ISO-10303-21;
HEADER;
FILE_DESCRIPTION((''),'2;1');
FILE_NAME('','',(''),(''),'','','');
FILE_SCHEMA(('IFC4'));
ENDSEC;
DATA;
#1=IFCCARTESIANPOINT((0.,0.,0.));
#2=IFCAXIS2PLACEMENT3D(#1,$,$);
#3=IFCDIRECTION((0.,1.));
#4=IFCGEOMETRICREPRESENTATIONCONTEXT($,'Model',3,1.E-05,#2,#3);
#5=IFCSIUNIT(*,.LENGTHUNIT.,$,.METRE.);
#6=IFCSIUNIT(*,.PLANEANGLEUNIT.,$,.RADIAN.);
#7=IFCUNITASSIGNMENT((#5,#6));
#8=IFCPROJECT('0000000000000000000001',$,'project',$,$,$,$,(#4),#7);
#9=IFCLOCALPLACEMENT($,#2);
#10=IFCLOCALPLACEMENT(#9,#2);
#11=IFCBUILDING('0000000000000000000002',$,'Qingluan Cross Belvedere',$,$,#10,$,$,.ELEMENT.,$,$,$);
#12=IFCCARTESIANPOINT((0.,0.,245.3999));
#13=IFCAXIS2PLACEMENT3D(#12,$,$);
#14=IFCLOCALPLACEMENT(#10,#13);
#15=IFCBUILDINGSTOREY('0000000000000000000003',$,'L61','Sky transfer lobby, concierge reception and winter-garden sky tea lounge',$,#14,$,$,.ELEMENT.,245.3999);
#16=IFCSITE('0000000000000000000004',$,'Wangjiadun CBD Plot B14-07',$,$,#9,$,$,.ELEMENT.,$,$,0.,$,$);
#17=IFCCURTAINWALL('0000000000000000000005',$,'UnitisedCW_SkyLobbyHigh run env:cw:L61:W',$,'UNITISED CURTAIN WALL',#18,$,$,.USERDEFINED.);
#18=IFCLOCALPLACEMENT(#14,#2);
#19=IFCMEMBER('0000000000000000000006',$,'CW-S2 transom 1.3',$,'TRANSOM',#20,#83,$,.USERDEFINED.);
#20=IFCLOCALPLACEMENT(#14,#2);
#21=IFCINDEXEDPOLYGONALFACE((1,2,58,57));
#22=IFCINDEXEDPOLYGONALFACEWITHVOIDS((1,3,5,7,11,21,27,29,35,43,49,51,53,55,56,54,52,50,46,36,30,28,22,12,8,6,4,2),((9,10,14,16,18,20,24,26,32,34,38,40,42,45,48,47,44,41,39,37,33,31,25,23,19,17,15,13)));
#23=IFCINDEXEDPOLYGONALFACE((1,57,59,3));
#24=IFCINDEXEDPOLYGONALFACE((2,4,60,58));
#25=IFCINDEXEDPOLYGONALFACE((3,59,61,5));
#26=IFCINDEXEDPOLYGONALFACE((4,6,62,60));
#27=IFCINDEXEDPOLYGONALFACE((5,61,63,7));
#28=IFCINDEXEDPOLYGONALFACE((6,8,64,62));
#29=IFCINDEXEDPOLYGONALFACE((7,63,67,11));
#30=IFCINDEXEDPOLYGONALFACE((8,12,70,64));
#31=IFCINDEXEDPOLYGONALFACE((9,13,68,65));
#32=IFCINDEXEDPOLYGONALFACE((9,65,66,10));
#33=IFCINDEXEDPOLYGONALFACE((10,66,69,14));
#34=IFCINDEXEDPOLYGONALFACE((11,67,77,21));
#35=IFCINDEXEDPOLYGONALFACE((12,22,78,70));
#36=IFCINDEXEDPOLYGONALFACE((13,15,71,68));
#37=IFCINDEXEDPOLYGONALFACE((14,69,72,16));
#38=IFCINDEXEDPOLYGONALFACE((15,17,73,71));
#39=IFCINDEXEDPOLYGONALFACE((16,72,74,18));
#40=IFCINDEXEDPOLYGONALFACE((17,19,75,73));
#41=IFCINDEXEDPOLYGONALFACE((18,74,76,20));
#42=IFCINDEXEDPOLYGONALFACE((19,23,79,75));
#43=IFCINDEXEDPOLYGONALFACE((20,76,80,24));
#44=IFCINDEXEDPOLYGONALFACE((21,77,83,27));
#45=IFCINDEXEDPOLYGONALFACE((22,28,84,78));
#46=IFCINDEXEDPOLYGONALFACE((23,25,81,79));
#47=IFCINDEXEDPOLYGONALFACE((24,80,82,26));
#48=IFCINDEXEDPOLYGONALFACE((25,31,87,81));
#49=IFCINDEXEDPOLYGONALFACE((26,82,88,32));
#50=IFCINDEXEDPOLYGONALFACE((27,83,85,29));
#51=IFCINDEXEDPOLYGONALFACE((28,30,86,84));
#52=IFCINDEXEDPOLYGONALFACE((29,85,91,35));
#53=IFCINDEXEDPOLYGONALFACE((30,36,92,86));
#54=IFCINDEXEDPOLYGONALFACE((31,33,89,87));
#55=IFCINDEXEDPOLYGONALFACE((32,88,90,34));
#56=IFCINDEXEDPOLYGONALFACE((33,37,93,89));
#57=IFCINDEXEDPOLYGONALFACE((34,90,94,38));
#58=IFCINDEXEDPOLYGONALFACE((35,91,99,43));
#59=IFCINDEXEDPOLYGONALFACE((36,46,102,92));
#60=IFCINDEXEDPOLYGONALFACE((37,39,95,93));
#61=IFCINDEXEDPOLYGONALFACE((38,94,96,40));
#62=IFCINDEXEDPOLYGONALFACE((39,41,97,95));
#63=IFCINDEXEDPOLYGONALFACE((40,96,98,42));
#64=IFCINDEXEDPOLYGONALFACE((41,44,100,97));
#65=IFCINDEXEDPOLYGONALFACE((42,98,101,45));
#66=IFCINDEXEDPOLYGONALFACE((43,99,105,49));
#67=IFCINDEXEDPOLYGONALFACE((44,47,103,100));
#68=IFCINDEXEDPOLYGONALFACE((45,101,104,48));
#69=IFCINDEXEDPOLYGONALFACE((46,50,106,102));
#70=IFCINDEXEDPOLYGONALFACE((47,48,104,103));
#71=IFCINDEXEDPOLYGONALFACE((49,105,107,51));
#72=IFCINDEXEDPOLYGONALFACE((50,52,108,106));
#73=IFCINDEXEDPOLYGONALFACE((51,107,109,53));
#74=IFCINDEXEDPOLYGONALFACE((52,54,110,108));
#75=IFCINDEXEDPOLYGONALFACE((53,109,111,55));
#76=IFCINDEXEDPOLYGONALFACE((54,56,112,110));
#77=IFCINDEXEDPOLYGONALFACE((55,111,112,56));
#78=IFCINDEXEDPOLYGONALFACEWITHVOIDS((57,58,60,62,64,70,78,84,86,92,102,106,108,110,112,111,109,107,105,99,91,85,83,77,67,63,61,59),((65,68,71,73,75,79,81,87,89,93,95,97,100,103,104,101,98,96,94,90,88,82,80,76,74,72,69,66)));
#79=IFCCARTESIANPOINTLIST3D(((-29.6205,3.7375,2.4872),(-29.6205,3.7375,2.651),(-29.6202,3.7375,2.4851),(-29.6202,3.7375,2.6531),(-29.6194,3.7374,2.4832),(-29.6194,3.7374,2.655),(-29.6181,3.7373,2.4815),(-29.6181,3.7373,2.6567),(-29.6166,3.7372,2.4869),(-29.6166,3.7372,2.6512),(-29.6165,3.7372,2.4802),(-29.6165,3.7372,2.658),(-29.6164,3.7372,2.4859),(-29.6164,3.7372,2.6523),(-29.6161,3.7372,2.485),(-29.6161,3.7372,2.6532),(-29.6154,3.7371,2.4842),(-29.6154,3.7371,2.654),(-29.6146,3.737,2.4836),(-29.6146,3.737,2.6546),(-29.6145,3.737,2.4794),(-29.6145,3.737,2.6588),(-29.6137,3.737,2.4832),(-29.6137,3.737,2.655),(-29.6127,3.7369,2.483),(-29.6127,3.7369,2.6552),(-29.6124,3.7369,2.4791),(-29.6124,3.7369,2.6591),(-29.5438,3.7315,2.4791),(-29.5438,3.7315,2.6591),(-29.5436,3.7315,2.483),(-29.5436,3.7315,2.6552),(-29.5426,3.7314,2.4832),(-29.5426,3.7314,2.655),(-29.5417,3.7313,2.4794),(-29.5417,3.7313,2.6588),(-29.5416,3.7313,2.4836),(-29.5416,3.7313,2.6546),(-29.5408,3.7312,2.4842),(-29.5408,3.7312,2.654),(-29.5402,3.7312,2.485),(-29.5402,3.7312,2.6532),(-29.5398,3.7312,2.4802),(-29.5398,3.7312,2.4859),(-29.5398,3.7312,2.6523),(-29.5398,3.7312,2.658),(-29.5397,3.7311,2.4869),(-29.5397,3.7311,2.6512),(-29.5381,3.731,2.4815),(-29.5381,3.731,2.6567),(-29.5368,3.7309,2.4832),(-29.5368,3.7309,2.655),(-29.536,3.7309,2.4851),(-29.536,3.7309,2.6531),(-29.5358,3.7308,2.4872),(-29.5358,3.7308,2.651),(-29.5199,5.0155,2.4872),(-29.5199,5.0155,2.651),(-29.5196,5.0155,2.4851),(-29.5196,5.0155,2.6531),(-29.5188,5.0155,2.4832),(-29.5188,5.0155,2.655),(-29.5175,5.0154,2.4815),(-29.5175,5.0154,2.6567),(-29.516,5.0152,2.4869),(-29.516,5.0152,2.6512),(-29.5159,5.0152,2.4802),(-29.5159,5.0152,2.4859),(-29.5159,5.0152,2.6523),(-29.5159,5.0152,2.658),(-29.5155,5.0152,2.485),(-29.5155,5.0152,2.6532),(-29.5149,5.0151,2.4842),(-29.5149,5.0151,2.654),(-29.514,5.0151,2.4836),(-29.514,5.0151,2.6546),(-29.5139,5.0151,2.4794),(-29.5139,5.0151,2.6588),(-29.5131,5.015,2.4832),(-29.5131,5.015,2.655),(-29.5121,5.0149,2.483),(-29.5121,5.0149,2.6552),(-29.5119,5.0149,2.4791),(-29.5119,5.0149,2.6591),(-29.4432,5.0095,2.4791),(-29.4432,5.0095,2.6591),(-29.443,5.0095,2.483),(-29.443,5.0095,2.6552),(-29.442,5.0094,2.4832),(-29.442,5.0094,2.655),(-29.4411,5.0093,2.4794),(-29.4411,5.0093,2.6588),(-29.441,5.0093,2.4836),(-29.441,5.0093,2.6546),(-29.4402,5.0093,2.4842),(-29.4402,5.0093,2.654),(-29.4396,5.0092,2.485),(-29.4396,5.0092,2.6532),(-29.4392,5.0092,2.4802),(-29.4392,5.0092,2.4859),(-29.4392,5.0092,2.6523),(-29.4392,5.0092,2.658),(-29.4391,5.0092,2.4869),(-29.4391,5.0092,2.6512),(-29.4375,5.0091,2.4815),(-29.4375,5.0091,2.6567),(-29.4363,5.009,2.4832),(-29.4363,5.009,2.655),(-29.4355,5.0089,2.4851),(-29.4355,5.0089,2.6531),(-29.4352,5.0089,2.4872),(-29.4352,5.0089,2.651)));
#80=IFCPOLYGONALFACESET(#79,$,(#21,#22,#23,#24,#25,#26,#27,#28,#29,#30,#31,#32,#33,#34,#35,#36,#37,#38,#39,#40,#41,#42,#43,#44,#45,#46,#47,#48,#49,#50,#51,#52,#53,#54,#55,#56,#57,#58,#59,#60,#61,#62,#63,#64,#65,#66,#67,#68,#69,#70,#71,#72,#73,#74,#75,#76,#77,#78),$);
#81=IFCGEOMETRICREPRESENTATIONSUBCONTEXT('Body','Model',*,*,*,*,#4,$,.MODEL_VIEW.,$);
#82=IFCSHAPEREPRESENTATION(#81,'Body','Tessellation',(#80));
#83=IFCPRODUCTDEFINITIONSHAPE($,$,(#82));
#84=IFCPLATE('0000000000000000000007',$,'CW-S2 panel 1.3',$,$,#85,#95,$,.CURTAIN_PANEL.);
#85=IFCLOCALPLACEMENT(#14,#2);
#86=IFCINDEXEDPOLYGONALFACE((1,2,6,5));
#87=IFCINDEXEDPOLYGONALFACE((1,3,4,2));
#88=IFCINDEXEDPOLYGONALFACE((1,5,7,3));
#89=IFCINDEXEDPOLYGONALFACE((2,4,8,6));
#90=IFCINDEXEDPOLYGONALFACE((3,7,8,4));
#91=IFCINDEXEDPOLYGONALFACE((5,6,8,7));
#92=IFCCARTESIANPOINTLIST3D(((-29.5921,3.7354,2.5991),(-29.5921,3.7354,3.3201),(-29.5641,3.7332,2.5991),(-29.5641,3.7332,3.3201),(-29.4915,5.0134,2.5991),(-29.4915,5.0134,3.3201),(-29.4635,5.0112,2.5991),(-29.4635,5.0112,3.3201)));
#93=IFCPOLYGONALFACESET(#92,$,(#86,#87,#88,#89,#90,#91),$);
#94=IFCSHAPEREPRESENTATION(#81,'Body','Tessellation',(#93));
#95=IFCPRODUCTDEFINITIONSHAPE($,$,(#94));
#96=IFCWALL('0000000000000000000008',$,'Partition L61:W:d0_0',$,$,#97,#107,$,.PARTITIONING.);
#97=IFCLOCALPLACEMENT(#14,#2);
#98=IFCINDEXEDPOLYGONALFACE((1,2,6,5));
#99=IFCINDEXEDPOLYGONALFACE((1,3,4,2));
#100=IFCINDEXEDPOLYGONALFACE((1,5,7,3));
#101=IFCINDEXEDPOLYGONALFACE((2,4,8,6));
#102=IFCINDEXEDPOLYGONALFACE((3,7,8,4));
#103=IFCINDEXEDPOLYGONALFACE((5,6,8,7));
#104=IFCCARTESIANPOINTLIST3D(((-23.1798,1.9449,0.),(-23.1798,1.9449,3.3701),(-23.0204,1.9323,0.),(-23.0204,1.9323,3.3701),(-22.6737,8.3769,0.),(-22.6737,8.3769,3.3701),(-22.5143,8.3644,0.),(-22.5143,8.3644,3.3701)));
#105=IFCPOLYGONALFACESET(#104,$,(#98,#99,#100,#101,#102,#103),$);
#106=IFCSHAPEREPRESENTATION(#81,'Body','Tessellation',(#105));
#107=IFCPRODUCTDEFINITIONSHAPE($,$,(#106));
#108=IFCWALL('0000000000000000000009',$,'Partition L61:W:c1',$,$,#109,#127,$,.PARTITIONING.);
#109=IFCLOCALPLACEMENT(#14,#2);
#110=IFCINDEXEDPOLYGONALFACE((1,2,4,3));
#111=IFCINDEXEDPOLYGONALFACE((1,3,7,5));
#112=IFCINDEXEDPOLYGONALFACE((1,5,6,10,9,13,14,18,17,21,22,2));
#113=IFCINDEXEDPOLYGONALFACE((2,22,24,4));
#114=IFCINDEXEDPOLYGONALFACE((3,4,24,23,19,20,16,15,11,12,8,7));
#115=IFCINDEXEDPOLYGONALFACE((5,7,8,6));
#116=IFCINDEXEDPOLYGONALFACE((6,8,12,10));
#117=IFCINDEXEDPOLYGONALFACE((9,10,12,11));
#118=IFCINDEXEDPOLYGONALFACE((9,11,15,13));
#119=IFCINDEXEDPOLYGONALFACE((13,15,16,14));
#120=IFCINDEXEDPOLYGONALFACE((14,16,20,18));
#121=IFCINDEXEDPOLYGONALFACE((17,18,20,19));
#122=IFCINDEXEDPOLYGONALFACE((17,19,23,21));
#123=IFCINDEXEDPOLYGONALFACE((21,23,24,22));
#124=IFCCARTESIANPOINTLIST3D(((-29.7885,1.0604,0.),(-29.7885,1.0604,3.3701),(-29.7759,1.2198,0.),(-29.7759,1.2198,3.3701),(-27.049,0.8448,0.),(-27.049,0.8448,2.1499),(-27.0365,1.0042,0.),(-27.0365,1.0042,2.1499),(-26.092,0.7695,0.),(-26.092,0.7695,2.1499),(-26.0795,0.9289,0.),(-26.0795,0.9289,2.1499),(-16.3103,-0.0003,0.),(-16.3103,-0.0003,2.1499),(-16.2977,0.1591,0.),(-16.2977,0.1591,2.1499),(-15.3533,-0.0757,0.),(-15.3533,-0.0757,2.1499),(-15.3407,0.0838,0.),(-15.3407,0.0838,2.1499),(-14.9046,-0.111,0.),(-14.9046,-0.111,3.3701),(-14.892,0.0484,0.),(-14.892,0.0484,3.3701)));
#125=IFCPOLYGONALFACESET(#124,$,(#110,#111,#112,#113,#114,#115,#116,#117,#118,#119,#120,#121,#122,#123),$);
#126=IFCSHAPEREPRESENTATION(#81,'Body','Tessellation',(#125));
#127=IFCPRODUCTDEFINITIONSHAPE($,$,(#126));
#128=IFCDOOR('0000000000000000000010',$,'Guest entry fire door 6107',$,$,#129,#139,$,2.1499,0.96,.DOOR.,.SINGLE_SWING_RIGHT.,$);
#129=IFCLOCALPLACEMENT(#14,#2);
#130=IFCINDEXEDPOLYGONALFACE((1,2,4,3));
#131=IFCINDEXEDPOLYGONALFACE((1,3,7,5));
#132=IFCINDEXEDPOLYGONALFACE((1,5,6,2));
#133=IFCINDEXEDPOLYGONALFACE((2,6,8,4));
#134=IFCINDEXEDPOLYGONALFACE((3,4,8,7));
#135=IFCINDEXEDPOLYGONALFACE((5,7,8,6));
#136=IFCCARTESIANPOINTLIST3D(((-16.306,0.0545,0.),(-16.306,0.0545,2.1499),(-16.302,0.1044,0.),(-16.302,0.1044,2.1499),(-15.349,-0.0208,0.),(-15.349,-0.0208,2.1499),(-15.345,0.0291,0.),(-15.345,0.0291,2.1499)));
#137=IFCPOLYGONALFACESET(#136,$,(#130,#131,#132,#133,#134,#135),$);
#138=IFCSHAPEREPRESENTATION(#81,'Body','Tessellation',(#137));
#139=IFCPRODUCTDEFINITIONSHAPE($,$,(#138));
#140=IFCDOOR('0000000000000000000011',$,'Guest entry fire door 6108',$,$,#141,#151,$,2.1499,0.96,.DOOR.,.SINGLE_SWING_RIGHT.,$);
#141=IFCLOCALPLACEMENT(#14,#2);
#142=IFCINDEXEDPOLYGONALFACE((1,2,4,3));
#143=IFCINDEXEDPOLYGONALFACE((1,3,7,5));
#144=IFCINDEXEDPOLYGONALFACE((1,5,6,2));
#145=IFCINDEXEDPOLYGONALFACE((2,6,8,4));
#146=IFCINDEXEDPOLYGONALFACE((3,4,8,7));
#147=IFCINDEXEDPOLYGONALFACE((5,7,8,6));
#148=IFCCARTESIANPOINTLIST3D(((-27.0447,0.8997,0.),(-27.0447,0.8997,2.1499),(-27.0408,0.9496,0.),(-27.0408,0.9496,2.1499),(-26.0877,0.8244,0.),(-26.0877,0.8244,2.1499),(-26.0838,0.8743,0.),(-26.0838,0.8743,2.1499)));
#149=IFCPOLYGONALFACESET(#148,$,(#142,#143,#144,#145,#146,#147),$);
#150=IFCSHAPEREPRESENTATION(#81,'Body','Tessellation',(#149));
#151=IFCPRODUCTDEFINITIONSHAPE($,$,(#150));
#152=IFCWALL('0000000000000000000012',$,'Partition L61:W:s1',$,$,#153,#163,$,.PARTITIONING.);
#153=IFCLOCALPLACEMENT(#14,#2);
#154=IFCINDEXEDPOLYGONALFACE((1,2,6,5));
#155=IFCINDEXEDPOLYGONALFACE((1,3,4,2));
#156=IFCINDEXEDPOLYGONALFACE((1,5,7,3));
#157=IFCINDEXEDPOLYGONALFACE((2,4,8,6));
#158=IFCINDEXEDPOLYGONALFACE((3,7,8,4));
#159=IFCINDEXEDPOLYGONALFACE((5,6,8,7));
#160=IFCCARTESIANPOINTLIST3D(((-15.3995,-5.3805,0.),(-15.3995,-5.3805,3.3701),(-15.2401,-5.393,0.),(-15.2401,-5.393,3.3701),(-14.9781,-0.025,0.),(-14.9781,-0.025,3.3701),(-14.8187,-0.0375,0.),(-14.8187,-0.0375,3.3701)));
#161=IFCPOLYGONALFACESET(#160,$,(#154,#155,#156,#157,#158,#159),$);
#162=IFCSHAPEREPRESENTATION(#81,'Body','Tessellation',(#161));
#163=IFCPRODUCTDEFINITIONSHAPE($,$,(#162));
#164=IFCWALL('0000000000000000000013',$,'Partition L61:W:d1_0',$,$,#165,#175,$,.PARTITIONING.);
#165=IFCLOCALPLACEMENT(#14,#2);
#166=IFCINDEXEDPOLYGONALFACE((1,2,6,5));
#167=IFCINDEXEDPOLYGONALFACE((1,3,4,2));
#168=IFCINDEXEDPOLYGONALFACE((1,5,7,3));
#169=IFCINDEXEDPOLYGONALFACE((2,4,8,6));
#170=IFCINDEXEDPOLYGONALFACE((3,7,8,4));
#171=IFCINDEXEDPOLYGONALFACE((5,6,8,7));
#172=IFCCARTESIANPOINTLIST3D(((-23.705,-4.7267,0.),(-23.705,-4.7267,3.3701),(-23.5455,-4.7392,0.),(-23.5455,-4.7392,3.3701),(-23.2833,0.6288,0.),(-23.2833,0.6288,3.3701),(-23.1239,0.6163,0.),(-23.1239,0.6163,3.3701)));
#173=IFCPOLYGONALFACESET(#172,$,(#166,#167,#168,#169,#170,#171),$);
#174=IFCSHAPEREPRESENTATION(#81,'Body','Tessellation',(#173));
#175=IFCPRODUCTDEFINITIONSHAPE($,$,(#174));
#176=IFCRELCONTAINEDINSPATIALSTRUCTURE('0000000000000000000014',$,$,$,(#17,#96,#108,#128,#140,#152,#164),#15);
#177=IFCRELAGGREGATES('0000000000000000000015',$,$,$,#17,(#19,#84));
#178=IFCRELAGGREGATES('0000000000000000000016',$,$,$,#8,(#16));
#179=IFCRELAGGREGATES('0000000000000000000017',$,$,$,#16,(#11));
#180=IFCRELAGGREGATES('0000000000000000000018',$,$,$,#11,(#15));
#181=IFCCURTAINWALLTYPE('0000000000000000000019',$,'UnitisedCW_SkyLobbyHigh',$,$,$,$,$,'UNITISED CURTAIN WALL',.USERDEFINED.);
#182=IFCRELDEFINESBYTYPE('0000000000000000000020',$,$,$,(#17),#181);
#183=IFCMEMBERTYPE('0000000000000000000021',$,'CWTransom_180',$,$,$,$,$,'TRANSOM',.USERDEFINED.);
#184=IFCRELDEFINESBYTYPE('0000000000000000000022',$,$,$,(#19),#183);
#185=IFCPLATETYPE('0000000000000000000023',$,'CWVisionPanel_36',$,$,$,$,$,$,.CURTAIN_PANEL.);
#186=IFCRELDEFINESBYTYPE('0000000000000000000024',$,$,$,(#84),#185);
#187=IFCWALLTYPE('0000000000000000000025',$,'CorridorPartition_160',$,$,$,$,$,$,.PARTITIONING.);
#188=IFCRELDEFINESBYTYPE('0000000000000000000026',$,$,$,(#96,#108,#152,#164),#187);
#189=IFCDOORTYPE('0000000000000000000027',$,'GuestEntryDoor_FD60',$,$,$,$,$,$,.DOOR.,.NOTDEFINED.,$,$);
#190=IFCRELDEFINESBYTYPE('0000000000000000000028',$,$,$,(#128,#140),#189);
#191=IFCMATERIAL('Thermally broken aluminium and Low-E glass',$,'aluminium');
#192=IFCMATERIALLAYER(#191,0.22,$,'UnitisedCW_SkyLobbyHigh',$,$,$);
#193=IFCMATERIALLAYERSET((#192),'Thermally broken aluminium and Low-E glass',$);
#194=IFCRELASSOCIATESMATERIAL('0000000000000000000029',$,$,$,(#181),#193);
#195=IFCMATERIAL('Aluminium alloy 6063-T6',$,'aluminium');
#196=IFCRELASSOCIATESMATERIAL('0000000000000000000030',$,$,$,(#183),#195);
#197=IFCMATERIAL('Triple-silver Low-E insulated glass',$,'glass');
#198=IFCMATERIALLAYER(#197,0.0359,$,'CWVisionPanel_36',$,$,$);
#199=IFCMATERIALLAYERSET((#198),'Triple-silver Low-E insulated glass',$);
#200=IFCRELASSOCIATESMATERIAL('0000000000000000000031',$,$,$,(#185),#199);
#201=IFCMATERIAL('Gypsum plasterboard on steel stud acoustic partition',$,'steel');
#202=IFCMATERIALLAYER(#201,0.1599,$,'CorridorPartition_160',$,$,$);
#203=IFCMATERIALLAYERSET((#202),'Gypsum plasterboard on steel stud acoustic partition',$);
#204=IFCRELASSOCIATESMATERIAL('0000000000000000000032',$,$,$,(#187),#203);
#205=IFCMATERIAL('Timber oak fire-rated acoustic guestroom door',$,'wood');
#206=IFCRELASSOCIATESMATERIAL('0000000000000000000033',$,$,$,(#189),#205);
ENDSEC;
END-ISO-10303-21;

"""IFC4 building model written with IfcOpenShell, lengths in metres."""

from ifc_helpers import new_model, si_unit, direction, frame, frame_2d, origin, origin_2d, place, context, subcontext, project, spatial, rectangle, hollow_rectangle, extrude, material, layer, layer_set, material_profile, profile_set, type_object, element, fill, aggregate, save


model = new_model("IFC4")

# Units and contexts
model_context = context("Model", 3, precision=1e-05, world=origin(), true_north=direction((0.0, 1.0)))
body_context = subcontext(model_context, "Body", "Model", "MODEL_VIEW")
ifc_project = project(units=[si_unit("LENGTHUNIT", "METRE"), si_unit("PLANEANGLEUNIT", "RADIAN")], contexts=[model_context])

# Site, building, storey
site_placement = place(None, origin())
site = spatial("IfcSite", under=ifc_project, at=site_placement, Name="Wangjiadun CBD Plot B14-07", CompositionType="ELEMENT", RefElevation=0.0)
building_placement = place(site_placement, origin())
building = spatial("IfcBuilding", under=site, at=building_placement, Name="Qingluan Cross Belvedere", CompositionType="ELEMENT")
storey_placement = place(building_placement, frame((0.0, 0.0, 245.3999)))
storey = spatial("IfcBuildingStorey", under=building, at=storey_placement, Name="L61", Description="Sky transfer lobby, concierge reception and winter-garden sky tea lounge", CompositionType="ELEMENT", Elevation=245.3999)

# Curtain wall, member, plate
ifc_material_1 = material(Name="Thermally broken aluminium and Low-E glass", Category="aluminium")
ifc_layer_1 = layer(ifc_material_1, 0.22, Name="UnitisedCW_SkyLobbyHigh")
ifc_layer_set_1 = layer_set([ifc_layer_1], Name="Thermally broken aluminium and Low-E glass")
curtain_wall_type = type_object("IfcCurtainWallType", Name="UnitisedCW_SkyLobbyHigh", ElementType="UNITISED CURTAIN WALL", PredefinedType="USERDEFINED", material=ifc_layer_set_1)
curtain_wall_placement = place(storey_placement, origin())
curtain_wall = element("IfcCurtainWall", 1, at=curtain_wall_placement, inside=storey, type_object=curtain_wall_type, Name="UnitisedCW_SkyLobbyHigh run env:cw:L61:W", ObjectType="UNITISED CURTAIN WALL", PredefinedType="USERDEFINED")
ifc_material_2 = material(Name="Aluminium alloy 6063-T6", Category="aluminium")
ifc_material_profile_1 = material_profile(ifc_material_2, hollow_rectangle(XDim=0.085, YDim=0.1799, WallThickness=0.0039, InnerFilletRadius=0.0039, OuterFilletRadius=0.0081, at=origin_2d()), Name="CWT180x85x4")
ifc_profile_set_1 = profile_set([ifc_material_profile_1], Name="Aluminium alloy 6063-T6")
member_type = type_object("IfcMemberType", Name="CWTransom_180", ElementType="TRANSOM", PredefinedType="USERDEFINED", material=ifc_profile_set_1)
member_1_placement = place(storey_placement, frame((-29.4775, 5.0122, 2.5691), z_axis=(-0.078458, -0.996917, 0.0), x_axis=(0.996917, -0.078458, 0.0)))
member_1 = element("IfcMember", 2, at=member_1_placement, type_object=member_type, Name="CW-S2 transom 1.3", ObjectType="TRANSOM", PredefinedType="USERDEFINED", context=body_context, shape_type="SweptSolid", body=[
    extrude(hollow_rectangle(XDim=0.085, YDim=0.1799, WallThickness=0.0039, InnerFilletRadius=0.0039, OuterFilletRadius=0.0081, at=origin_2d()), origin(), (0.0, 0.0, 1.0), 1.282),
])
ifc_material_3 = material(Name="Triple-silver Low-E insulated glass", Category="glass")
ifc_layer_2 = layer(ifc_material_3, 0.0359, Name="CWVisionPanel_36")
ifc_layer_set_2 = layer_set([ifc_layer_2], Name="Triple-silver Low-E insulated glass")
plate_type = type_object("IfcPlateType", Name="CWVisionPanel_36", PredefinedType="CURTAIN_PANEL", material=ifc_layer_set_2)
plate_placement = place(storey_placement, frame((-29.5278, 4.3733, 2.5991), z_axis=(0.0, 0.0, 1.0), x_axis=(-0.078462, -0.996917, 0.0)))
plate = element("IfcPlate", 3, at=plate_placement, type_object=plate_type, Name="CW-S2 panel 1.3", PredefinedType="CURTAIN_PANEL", context=body_context, shape_type="SweptSolid", body=[
    extrude(rectangle(XDim=1.282, YDim=0.0281, at=origin_2d()), origin(), (0.0, 0.0, 1.0), 0.7209),
])
aggregate(curtain_wall, [member_1, plate])

# Wall
ifc_material_4 = material(Name="Gypsum plasterboard on steel stud acoustic partition", Category="steel")
ifc_layer_3 = layer(ifc_material_4, 0.1599, Name="CorridorPartition_160")
ifc_layer_set_3 = layer_set([ifc_layer_3], Name="Gypsum plasterboard on steel stud acoustic partition")
wall_type_1 = type_object("IfcWallType", Name="CorridorPartition_160", PredefinedType="PARTITIONING", material=ifc_layer_set_3)
wall_1_placement = place(storey_placement, frame((-23.1001, 1.9385, 0.0), z_axis=(0.0, 0.0, 1.0), x_axis=(0.078441, 0.996919, 0.0)))
element("IfcWall", 4, at=wall_1_placement, inside=storey, type_object=wall_type_1, Name="Partition L61:W:d0_0", PredefinedType="PARTITIONING", context=body_context, shape_type="SweptSolid", body=[
    extrude(rectangle(XDim=6.4519, YDim=0.1599, at=frame_2d((3.2261, 0.0))), origin(), (0.0, 0.0, 1.0), 3.3701),
])

# Wall, openings, doors
wall_2_placement = place(storey_placement, frame((-14.8984, -0.0312, 0.0), z_axis=(0.0, 0.0, 1.0), x_axis=(-0.996917, 0.07846, 0.0)))
wall_2 = element("IfcWall", 5, at=wall_2_placement, inside=storey, type_object=wall_type_1, Name="Partition L61:W:c1", PredefinedType="PARTITIONING", context=body_context, shape_type="SweptSolid", body=[
    extrude(rectangle(XDim=14.9299, YDim=0.1599, at=frame_2d((7.4648, 0.0))), origin(), (0.0, 0.0, 1.0), 3.3701),
])
opening_1_placement = place(wall_2_placement, frame((0.45, 0.0, 0.0)))
opening_1 = element("IfcOpeningElement", 6, at=opening_1_placement, cuts=wall_2, PredefinedType="OPENING", context=body_context, shape_type="SweptSolid", body=[
    extrude(rectangle(XDim=0.96, YDim=2.1499, at=frame_2d((0.48, 1.075))), frame((0.0, 0.0898, 0.0), z_axis=(0.0, -1.0, 0.0), x_axis=(1.0, 0.0, 0.0)), (0.0, 0.0, 1.0), 0.1799),
])
opening_2_placement = place(wall_2_placement, frame((11.2219, 0.0, 0.0)))
opening_2 = element("IfcOpeningElement", 7, at=opening_2_placement, cuts=wall_2, PredefinedType="OPENING", context=body_context, shape_type="SweptSolid", body=[
    extrude(rectangle(XDim=0.96, YDim=2.1499, at=frame_2d((0.48, 1.075))), frame((0.0, 0.0898, 0.0), z_axis=(0.0, -1.0, 0.0), x_axis=(1.0, 0.0, 0.0)), (0.0, 0.0, 1.0), 0.1799),
])
ifc_material_5 = material(Name="Timber oak fire-rated acoustic guestroom door", Category="wood")
door_type_1 = type_object("IfcDoorType", Name="GuestEntryDoor_FD60", OperationType="NOTDEFINED", PredefinedType="DOOR", material=ifc_material_5)
door_1_placement = place(opening_1_placement, origin())
door_1 = element("IfcDoor", 8, at=door_1_placement, inside=storey, type_object=door_type_1, Name="Guest entry fire door 6107", OperationType="SINGLE_SWING_RIGHT", OverallHeight=2.1499, OverallWidth=0.96, PredefinedType="DOOR", context=body_context, shape_type="SweptSolid", body=[
    extrude(rectangle(XDim=0.96, YDim=2.1499, at=frame_2d((0.48, 1.075))), frame((0.0, 0.0249, 0.0), z_axis=(0.0, -1.0, 0.0), x_axis=(1.0, 0.0, 0.0)), (0.0, 0.0, 1.0), 0.05),
])
fill(opening_1, door_1)
door_2_placement = place(opening_2_placement, origin())
door_2 = element("IfcDoor", 9, at=door_2_placement, inside=storey, type_object=door_type_1, Name="Guest entry fire door 6108", OperationType="SINGLE_SWING_RIGHT", OverallHeight=2.1499, OverallWidth=0.96, PredefinedType="DOOR", context=body_context, shape_type="SweptSolid", body=[
    extrude(rectangle(XDim=0.96, YDim=2.1499, at=frame_2d((0.48, 1.075))), frame((0.0, 0.0249, 0.0), z_axis=(0.0, -1.0, 0.0), x_axis=(1.0, 0.0, 0.0)), (0.0, 0.0, 1.0), 0.05),
])
fill(opening_2, door_2)

# Walls
for number, where, z_axis, x_axis, name in (
    (10, (-14.8984, -0.0312, 0.0), (0.0, 0.0, 1.0), (-0.078441, -0.996919, 0.0), "Partition L61:W:s1"),
    (11, (-23.2036, 0.6226, 0.0), (0.0, 0.0, 1.0), (-0.078486, -0.996915, 0.0), "Partition L61:W:d1_0"),
):
    element("IfcWall", number, at=place(storey_placement, frame(where, z_axis=z_axis, x_axis=x_axis)), inside=storey, type_object=wall_type_1, Name=name, PredefinedType="PARTITIONING", context=body_context, shape_type="SweptSolid", body=[
        extrude(rectangle(XDim=5.3721, YDim=0.1599, at=frame_2d((2.686, 0.0))), origin(), (0.0, 0.0, 1.0), 3.3701),
    ])

save(model, "model.ifc")
